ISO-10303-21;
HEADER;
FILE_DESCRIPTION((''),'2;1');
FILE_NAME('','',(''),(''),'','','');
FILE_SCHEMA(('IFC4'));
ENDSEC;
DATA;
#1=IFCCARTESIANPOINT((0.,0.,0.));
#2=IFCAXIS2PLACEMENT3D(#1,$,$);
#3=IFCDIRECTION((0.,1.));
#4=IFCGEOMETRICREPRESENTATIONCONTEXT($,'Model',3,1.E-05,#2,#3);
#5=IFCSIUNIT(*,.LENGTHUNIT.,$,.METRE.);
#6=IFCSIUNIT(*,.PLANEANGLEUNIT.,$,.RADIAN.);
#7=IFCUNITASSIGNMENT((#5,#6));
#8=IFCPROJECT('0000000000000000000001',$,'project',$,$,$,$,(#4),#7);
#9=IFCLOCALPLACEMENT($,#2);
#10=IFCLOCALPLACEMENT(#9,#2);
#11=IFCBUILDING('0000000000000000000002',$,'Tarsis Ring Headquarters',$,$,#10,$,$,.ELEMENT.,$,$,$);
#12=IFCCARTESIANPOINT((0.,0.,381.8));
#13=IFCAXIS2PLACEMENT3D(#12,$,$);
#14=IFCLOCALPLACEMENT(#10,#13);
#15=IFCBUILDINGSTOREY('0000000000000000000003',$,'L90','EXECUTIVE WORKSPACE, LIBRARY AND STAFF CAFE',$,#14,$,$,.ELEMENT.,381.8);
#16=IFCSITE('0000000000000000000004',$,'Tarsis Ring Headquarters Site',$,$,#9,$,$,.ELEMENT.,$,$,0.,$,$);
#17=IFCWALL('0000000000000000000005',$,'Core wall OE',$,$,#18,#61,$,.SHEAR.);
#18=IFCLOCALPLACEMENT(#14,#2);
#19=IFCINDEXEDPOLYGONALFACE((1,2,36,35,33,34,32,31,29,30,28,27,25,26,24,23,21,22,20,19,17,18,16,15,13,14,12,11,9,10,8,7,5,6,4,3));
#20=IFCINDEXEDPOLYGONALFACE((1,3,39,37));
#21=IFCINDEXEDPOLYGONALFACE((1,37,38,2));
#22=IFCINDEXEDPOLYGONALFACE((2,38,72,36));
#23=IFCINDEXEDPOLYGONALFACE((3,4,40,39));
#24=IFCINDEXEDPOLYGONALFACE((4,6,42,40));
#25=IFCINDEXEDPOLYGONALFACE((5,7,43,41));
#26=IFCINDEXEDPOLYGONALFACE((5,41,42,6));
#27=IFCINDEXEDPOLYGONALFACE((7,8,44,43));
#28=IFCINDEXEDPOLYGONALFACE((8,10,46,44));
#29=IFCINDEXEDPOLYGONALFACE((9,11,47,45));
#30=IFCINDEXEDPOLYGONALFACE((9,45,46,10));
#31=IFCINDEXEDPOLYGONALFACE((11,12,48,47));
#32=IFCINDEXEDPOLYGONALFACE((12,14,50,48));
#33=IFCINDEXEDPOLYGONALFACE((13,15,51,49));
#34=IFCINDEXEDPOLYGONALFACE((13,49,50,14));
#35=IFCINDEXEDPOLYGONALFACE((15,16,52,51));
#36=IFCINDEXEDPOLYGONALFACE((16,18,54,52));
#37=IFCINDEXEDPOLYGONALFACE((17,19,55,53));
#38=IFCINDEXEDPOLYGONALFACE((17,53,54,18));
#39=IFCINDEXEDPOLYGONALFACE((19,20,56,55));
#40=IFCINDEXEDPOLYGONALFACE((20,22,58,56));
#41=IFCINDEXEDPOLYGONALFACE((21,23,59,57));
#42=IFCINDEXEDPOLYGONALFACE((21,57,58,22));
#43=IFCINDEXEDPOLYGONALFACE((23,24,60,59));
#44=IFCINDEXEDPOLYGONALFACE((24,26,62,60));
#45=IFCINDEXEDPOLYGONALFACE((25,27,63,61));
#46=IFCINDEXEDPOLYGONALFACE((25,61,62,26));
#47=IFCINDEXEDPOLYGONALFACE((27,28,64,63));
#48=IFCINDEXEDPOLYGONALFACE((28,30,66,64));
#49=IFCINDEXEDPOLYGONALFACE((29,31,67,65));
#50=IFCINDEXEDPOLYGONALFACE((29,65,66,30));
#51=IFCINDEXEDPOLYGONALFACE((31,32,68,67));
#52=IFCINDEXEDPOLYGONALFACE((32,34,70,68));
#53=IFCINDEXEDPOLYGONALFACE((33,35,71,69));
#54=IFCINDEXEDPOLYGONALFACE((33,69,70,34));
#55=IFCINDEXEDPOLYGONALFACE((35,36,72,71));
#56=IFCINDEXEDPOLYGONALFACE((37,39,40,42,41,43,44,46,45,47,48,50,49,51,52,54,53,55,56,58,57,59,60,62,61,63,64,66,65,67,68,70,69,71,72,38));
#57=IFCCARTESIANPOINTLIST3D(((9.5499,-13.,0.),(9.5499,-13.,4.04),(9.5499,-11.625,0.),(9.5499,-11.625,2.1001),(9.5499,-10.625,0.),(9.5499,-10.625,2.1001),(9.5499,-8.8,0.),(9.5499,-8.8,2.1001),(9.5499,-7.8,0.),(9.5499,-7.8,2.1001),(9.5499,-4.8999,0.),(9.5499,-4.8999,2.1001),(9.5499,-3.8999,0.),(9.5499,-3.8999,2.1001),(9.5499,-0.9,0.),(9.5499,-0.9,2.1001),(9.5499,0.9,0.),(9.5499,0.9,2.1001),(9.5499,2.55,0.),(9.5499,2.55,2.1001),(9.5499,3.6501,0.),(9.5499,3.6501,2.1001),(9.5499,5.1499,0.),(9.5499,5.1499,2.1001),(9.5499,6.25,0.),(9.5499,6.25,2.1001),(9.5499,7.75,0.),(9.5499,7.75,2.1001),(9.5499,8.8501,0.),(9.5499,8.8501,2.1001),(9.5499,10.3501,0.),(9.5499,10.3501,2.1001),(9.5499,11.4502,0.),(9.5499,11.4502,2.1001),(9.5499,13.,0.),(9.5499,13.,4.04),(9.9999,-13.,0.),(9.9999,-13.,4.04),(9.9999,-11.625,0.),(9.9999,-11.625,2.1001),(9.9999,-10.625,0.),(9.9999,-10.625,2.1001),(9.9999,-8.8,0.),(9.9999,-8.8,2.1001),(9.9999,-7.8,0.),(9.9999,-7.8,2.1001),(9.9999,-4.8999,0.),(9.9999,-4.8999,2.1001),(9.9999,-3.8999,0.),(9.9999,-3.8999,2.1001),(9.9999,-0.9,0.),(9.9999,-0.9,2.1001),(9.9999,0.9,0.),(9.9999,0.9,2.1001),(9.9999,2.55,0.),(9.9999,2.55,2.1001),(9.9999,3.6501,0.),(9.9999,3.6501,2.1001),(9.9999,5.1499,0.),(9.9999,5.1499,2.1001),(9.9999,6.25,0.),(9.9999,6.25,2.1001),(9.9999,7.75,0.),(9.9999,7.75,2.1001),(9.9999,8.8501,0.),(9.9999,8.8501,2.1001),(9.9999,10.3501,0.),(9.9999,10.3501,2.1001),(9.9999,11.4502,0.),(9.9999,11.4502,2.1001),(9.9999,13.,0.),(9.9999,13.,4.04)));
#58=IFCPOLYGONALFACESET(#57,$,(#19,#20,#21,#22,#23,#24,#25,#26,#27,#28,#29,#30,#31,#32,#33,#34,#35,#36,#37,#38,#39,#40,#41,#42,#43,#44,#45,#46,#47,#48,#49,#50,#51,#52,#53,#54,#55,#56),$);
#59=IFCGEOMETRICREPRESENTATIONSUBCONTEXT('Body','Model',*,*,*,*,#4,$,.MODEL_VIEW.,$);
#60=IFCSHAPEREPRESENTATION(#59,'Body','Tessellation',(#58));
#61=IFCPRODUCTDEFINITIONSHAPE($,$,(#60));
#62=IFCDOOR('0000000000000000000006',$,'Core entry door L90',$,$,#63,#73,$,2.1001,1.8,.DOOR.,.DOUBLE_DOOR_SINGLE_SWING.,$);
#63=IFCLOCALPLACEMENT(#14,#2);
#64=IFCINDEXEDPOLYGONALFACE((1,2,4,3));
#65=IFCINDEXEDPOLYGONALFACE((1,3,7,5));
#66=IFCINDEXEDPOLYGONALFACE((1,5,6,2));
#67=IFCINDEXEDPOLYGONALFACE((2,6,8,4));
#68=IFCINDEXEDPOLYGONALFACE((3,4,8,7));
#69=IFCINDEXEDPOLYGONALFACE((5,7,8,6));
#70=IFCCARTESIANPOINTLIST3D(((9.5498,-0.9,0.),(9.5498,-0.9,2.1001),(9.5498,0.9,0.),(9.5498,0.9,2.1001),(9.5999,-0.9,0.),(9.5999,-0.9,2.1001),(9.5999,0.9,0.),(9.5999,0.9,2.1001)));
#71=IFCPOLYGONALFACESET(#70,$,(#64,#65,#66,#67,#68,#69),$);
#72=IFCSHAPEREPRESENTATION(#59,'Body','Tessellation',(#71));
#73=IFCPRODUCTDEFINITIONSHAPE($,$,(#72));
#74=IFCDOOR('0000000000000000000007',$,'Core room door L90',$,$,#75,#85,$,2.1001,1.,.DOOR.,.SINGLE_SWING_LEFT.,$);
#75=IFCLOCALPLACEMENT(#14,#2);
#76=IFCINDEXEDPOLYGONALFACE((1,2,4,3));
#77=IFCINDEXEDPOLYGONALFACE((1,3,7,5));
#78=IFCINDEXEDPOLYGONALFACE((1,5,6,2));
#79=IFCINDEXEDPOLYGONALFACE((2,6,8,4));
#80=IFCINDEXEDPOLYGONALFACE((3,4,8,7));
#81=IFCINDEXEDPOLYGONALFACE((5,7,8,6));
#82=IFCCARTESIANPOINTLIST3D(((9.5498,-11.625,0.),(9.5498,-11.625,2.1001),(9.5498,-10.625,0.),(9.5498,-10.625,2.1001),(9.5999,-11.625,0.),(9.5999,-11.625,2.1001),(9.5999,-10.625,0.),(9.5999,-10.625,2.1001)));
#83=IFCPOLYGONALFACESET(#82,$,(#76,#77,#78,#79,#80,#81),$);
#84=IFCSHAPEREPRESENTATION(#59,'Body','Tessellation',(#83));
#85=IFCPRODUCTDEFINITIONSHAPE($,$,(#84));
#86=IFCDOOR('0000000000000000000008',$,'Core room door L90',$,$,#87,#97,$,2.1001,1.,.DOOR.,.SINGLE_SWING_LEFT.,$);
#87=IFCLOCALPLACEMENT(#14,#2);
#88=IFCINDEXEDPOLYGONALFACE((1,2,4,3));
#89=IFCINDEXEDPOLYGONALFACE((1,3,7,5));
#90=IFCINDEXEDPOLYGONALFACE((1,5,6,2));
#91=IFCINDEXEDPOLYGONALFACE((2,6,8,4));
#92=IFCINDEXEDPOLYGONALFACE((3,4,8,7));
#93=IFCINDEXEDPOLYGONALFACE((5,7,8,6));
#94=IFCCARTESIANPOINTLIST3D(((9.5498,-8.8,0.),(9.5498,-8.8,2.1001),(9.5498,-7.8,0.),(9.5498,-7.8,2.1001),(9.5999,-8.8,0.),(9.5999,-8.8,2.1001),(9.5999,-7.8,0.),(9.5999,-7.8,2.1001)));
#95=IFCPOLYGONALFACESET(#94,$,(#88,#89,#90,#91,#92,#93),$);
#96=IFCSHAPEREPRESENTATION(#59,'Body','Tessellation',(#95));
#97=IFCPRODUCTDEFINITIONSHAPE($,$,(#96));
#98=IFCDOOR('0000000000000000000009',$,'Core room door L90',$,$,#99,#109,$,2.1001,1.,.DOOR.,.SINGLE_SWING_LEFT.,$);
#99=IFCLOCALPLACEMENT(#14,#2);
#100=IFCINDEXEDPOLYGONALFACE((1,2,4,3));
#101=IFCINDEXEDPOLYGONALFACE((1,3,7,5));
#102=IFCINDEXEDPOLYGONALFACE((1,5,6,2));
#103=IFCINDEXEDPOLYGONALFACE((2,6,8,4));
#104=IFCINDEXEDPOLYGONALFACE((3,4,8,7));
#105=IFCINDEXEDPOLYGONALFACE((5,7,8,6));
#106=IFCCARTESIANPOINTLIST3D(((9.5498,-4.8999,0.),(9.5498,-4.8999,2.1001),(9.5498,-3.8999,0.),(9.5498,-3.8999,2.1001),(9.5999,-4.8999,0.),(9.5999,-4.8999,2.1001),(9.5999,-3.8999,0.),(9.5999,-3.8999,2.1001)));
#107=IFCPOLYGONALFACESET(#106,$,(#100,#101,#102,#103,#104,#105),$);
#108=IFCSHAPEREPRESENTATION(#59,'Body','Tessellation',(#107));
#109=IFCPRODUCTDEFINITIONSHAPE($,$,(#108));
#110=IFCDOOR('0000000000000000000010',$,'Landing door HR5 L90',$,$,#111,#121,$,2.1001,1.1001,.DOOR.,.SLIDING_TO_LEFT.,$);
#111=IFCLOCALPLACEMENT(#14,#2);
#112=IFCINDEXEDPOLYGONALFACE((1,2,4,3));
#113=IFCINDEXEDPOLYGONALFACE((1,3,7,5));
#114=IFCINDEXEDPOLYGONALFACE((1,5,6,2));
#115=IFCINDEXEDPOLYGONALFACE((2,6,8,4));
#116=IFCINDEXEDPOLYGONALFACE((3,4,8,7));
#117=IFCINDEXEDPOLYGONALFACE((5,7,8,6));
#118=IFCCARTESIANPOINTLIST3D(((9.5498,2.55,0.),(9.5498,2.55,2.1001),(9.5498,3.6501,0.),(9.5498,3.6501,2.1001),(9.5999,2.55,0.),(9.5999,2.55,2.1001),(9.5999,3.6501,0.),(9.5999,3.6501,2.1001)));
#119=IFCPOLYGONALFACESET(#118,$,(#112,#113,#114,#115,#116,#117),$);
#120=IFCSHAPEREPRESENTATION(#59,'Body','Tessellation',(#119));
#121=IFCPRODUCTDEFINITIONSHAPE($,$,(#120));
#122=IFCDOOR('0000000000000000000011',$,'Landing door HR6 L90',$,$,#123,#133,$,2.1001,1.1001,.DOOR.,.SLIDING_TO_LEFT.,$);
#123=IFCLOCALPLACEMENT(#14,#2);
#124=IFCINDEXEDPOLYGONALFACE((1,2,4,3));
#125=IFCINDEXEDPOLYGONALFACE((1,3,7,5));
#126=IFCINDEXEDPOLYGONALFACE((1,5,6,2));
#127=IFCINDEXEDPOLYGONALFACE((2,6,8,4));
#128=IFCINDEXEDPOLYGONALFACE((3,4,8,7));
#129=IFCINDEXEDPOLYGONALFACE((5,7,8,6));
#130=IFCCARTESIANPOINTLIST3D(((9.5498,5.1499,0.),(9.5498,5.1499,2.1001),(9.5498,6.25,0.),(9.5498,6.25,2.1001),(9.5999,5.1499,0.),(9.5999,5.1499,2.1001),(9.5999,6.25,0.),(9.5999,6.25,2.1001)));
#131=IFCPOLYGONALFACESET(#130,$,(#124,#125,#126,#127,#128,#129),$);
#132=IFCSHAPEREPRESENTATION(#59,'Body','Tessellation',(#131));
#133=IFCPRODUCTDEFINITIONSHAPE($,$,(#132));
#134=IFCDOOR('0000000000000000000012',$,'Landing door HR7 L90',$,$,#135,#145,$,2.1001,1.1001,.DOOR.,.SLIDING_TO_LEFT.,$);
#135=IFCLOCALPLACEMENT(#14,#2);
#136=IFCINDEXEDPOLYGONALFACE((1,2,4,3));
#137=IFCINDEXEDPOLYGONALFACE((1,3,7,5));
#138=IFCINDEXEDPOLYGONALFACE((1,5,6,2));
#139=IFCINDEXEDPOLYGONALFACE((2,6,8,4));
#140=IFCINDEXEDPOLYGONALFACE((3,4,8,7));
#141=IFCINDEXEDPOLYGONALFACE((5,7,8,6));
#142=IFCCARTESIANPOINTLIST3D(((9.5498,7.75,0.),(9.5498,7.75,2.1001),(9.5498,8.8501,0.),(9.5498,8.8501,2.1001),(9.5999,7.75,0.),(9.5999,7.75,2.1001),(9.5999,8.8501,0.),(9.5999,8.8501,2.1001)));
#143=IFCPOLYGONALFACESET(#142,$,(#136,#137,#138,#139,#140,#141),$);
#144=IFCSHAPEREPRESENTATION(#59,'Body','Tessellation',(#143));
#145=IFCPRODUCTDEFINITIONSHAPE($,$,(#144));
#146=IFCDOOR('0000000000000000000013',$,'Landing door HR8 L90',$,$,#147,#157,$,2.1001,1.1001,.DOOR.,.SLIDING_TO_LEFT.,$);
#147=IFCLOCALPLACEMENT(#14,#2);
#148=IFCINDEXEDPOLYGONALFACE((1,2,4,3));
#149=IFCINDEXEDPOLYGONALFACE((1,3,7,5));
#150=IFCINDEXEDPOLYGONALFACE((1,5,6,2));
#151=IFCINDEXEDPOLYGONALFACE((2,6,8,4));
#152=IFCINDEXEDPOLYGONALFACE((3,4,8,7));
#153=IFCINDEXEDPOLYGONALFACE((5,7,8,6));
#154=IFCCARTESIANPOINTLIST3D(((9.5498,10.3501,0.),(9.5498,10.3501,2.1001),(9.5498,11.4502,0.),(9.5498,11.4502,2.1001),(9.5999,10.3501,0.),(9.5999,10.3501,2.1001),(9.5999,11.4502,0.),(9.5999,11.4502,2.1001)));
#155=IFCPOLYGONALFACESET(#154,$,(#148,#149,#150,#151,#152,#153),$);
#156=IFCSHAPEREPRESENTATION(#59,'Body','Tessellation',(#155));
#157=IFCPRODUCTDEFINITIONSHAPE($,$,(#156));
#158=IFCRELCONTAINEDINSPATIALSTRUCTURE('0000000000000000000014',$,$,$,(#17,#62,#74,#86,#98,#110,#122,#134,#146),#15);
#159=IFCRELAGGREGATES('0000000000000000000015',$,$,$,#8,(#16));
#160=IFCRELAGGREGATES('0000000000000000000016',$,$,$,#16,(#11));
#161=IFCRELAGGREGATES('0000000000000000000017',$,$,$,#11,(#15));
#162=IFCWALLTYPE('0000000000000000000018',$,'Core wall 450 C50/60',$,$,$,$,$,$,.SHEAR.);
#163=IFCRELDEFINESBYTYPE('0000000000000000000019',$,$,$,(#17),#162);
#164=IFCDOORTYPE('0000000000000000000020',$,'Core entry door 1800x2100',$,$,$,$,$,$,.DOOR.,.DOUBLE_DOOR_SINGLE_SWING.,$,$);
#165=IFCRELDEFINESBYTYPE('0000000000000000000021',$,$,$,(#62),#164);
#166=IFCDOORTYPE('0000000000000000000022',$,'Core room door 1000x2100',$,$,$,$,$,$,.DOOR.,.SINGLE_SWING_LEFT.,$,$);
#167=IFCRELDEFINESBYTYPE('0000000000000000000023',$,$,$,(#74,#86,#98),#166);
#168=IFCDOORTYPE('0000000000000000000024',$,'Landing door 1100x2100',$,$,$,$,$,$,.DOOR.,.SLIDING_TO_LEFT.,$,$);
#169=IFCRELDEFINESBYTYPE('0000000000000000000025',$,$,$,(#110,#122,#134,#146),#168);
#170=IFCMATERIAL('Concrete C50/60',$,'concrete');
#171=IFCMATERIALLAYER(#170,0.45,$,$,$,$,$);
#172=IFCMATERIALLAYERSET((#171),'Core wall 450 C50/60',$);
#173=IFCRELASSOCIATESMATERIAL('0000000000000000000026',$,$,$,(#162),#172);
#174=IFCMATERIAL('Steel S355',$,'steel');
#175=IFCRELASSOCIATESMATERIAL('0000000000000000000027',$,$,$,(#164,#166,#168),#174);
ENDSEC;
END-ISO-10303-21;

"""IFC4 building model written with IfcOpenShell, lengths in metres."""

from ifc_helpers import new_model, si_unit, direction, frame, frame_2d, origin, place, context, subcontext, project, spatial, rectangle, extrude, material, layer, layer_set, type_object, element, fill, save


model = new_model("IFC4")

# Units and contexts
model_context = context("Model", 3, precision=1e-05, world=origin(), true_north=direction((0.0, 1.0)))
body_context = subcontext(model_context, "Body", "Model", "MODEL_VIEW")
ifc_project = project(units=[si_unit("LENGTHUNIT", "METRE"), si_unit("PLANEANGLEUNIT", "RADIAN")], contexts=[model_context])

# Site, building, storey
site_placement = place(None, origin())
site = spatial("IfcSite", under=ifc_project, at=site_placement, Name="Tarsis Ring Headquarters Site", CompositionType="ELEMENT", RefElevation=0.0)
building_placement = place(site_placement, origin())
building = spatial("IfcBuilding", under=site, at=building_placement, Name="Tarsis Ring Headquarters", CompositionType="ELEMENT")
storey_placement = place(building_placement, frame((0.0, 0.0, 381.8)))
storey = spatial("IfcBuildingStorey", under=building, at=storey_placement, Name="L90", Description="EXECUTIVE WORKSPACE, LIBRARY AND STAFF CAFE", CompositionType="ELEMENT", Elevation=381.8)

# Wall, openings, doors
ifc_material_1 = material(Name="Concrete C50/60", Category="concrete")
ifc_layer_1 = layer(ifc_material_1, 0.45)
ifc_layer_set_1 = layer_set([ifc_layer_1], Name="Core wall 450 C50/60")
wall_type_1 = type_object("IfcWallType", Name="Core wall 450 C50/60", PredefinedType="SHEAR", material=ifc_layer_set_1)
wall_1_placement = place(storey_placement, frame((9.7749, -13.0, 0.0), z_axis=(0.0, 0.0, 1.0), x_axis=(0.0, 1.0, 0.0)))
wall_1 = element("IfcWall", 1, at=wall_1_placement, inside=storey, type_object=wall_type_1, Name="Core wall OE", PredefinedType="SHEAR", context=body_context, shape_type="SweptSolid", body=[
    extrude(rectangle(XDim=26.0, YDim=0.45, at=frame_2d((13.0, 0.0))), origin(), (0.0, 0.0, 1.0), 4.04),
])
opening_1_placement = place(wall_1_placement, frame((1.375, 0.0, 0.0)))
opening_1 = element("IfcOpeningElement", 2, at=opening_1_placement, cuts=wall_1, PredefinedType="OPENING", context=body_context, shape_type="SweptSolid", body=[
    extrude(rectangle(XDim=1.0, YDim=2.1001, at=frame_2d((0.5, 1.05))), frame((0.0, 0.2349, 0.0), z_axis=(0.0, -1.0, 0.0), x_axis=(1.0, 0.0, 0.0)), (0.0, 0.0, 1.0), 0.47),
])
opening_2_placement = place(wall_1_placement, frame((4.2, 0.0, 0.0)))
opening_2 = element("IfcOpeningElement", 3, at=opening_2_placement, cuts=wall_1, PredefinedType="OPENING", context=body_context, shape_type="SweptSolid", body=[
    extrude(rectangle(XDim=1.0, YDim=2.1001, at=frame_2d((0.5, 1.05))), frame((0.0, 0.2349, 0.0), z_axis=(0.0, -1.0, 0.0), x_axis=(1.0, 0.0, 0.0)), (0.0, 0.0, 1.0), 0.47),
])
opening_3_placement = place(wall_1_placement, frame((8.1001, 0.0, 0.0)))
opening_3 = element("IfcOpeningElement", 4, at=opening_3_placement, cuts=wall_1, PredefinedType="OPENING", context=body_context, shape_type="SweptSolid", body=[
    extrude(rectangle(XDim=1.0, YDim=2.1001, at=frame_2d((0.5, 1.05))), frame((0.0, 0.2349, 0.0), z_axis=(0.0, -1.0, 0.0), x_axis=(1.0, 0.0, 0.0)), (0.0, 0.0, 1.0), 0.47),
])
opening_4_placement = place(wall_1_placement, frame((12.1001, 0.0, 0.0)))
opening_4 = element("IfcOpeningElement", 5, at=opening_4_placement, cuts=wall_1, PredefinedType="OPENING", context=body_context, shape_type="SweptSolid", body=[
    extrude(rectangle(XDim=1.8, YDim=2.1001, at=frame_2d((0.8999, 1.05))), frame((0.0, 0.2349, 0.0), z_axis=(0.0, -1.0, 0.0), x_axis=(1.0, 0.0, 0.0)), (0.0, 0.0, 1.0), 0.47),
])
opening_5_placement = place(wall_1_placement, frame((15.55, 0.0, 0.0)))
opening_5 = element("IfcOpeningElement", 6, at=opening_5_placement, cuts=wall_1, PredefinedType="OPENING", context=body_context, shape_type="SweptSolid", body=[
    extrude(rectangle(XDim=1.1001, YDim=2.1001, at=frame_2d((0.55, 1.05))), frame((0.0, 0.2349, 0.0), z_axis=(0.0, -1.0, 0.0), x_axis=(1.0, 0.0, 0.0)), (0.0, 0.0, 1.0), 0.47),
])
opening_6_placement = place(wall_1_placement, frame((18.1499, 0.0, 0.0)))
opening_6 = element("IfcOpeningElement", 7, at=opening_6_placement, cuts=wall_1, PredefinedType="OPENING", context=body_context, shape_type="SweptSolid", body=[
    extrude(rectangle(XDim=1.1001, YDim=2.1001, at=frame_2d((0.55, 1.05))), frame((0.0, 0.2349, 0.0), z_axis=(0.0, -1.0, 0.0), x_axis=(1.0, 0.0, 0.0)), (0.0, 0.0, 1.0), 0.47),
])
opening_7_placement = place(wall_1_placement, frame((20.75, 0.0, 0.0)))
opening_7 = element("IfcOpeningElement", 8, at=opening_7_placement, cuts=wall_1, PredefinedType="OPENING", context=body_context, shape_type="SweptSolid", body=[
    extrude(rectangle(XDim=1.1001, YDim=2.1001, at=frame_2d((0.55, 1.05))), frame((0.0, 0.2349, 0.0), z_axis=(0.0, -1.0, 0.0), x_axis=(1.0, 0.0, 0.0)), (0.0, 0.0, 1.0), 0.47),
])
opening_8_placement = place(wall_1_placement, frame((23.3501, 0.0, 0.0)))
opening_8 = element("IfcOpeningElement", 9, at=opening_8_placement, cuts=wall_1, PredefinedType="OPENING", context=body_context, shape_type="SweptSolid", body=[
    extrude(rectangle(XDim=1.1001, YDim=2.1001, at=frame_2d((0.55, 1.05))), frame((0.0, 0.2349, 0.0), z_axis=(0.0, -1.0, 0.0), x_axis=(1.0, 0.0, 0.0)), (0.0, 0.0, 1.0), 0.47),
])
ifc_material_2 = material(Name="Steel S355", Category="steel")
door_type_1 = type_object("IfcDoorType", Name="Core entry door 1800x2100", OperationType="DOUBLE_DOOR_SINGLE_SWING", PredefinedType="DOOR", material=ifc_material_2)
door_1_placement = place(opening_4_placement, origin())
door_1 = element("IfcDoor", 10, at=door_1_placement, inside=storey, type_object=door_type_1, Name="Core entry door L90", OperationType="DOUBLE_DOOR_SINGLE_SWING", OverallHeight=2.1001, OverallWidth=1.8, PredefinedType="DOOR", context=body_context, shape_type="SweptSolid", body=[
    extrude(rectangle(XDim=1.8, YDim=2.1001, at=frame_2d((0.8999, 1.05))), frame((0.0, 0.2251, 0.0), z_axis=(0.0, -1.0, 0.0), x_axis=(1.0, 0.0, 0.0)), (0.0, 0.0, 1.0), 0.05),
])
fill(opening_4, door_1)
door_type_2 = type_object("IfcDoorType", Name="Core room door 1000x2100", OperationType="SINGLE_SWING_LEFT", PredefinedType="DOOR", material=ifc_material_2)
door_2_placement = place(opening_1_placement, origin())
door_2 = element("IfcDoor", 11, at=door_2_placement, inside=storey, type_object=door_type_2, Name="Core room door L90", OperationType="SINGLE_SWING_LEFT", OverallHeight=2.1001, OverallWidth=1.0, PredefinedType="DOOR", context=body_context, shape_type="SweptSolid", body=[
    extrude(rectangle(XDim=1.0, YDim=2.1001, at=frame_2d((0.5, 1.05))), frame((0.0, 0.2251, 0.0), z_axis=(0.0, -1.0, 0.0), x_axis=(1.0, 0.0, 0.0)), (0.0, 0.0, 1.0), 0.05),
])
fill(opening_1, door_2)
door_3_placement = place(opening_2_placement, origin())
door_3 = element("IfcDoor", 12, at=door_3_placement, inside=storey, type_object=door_type_2, Name="Core room door L90", OperationType="SINGLE_SWING_LEFT", OverallHeight=2.1001, OverallWidth=1.0, PredefinedType="DOOR", context=body_context, shape_type="SweptSolid", body=[
    extrude(rectangle(XDim=1.0, YDim=2.1001, at=frame_2d((0.5, 1.05))), frame((0.0, 0.2251, 0.0), z_axis=(0.0, -1.0, 0.0), x_axis=(1.0, 0.0, 0.0)), (0.0, 0.0, 1.0), 0.05),
])
fill(opening_2, door_3)
door_4_placement = place(opening_3_placement, origin())
door_4 = element("IfcDoor", 13, at=door_4_placement, inside=storey, type_object=door_type_2, Name="Core room door L90", OperationType="SINGLE_SWING_LEFT", OverallHeight=2.1001, OverallWidth=1.0, PredefinedType="DOOR", context=body_context, shape_type="SweptSolid", body=[
    extrude(rectangle(XDim=1.0, YDim=2.1001, at=frame_2d((0.5, 1.05))), frame((0.0, 0.2251, 0.0), z_axis=(0.0, -1.0, 0.0), x_axis=(1.0, 0.0, 0.0)), (0.0, 0.0, 1.0), 0.05),
])
fill(opening_3, door_4)
door_type_3 = type_object("IfcDoorType", Name="Landing door 1100x2100", OperationType="SLIDING_TO_LEFT", PredefinedType="DOOR", material=ifc_material_2)
door_5_placement = place(opening_5_placement, origin())
door_5 = element("IfcDoor", 14, at=door_5_placement, inside=storey, type_object=door_type_3, Name="Landing door HR5 L90", OperationType="SLIDING_TO_LEFT", OverallHeight=2.1001, OverallWidth=1.1001, PredefinedType="DOOR", context=body_context, shape_type="SweptSolid", body=[
    extrude(rectangle(XDim=1.1001, YDim=2.1001, at=frame_2d((0.55, 1.05))), frame((0.0, 0.2251, 0.0), z_axis=(0.0, -1.0, 0.0), x_axis=(1.0, 0.0, 0.0)), (0.0, 0.0, 1.0), 0.05),
])
fill(opening_5, door_5)
door_6_placement = place(opening_6_placement, origin())
door_6 = element("IfcDoor", 15, at=door_6_placement, inside=storey, type_object=door_type_3, Name="Landing door HR6 L90", OperationType="SLIDING_TO_LEFT", OverallHeight=2.1001, OverallWidth=1.1001, PredefinedType="DOOR", context=body_context, shape_type="SweptSolid", body=[
    extrude(rectangle(XDim=1.1001, YDim=2.1001, at=frame_2d((0.55, 1.05))), frame((0.0, 0.2251, 0.0), z_axis=(0.0, -1.0, 0.0), x_axis=(1.0, 0.0, 0.0)), (0.0, 0.0, 1.0), 0.05),
])
fill(opening_6, door_6)
door_7_placement = place(opening_7_placement, origin())
door_7 = element("IfcDoor", 16, at=door_7_placement, inside=storey, type_object=door_type_3, Name="Landing door HR7 L90", OperationType="SLIDING_TO_LEFT", OverallHeight=2.1001, OverallWidth=1.1001, PredefinedType="DOOR", context=body_context, shape_type="SweptSolid", body=[
    extrude(rectangle(XDim=1.1001, YDim=2.1001, at=frame_2d((0.55, 1.05))), frame((0.0, 0.2251, 0.0), z_axis=(0.0, -1.0, 0.0), x_axis=(1.0, 0.0, 0.0)), (0.0, 0.0, 1.0), 0.05),
])
fill(opening_7, door_7)
door_8_placement = place(opening_8_placement, origin())
door_8 = element("IfcDoor", 17, at=door_8_placement, inside=storey, type_object=door_type_3, Name="Landing door HR8 L90", OperationType="SLIDING_TO_LEFT", OverallHeight=2.1001, OverallWidth=1.1001, PredefinedType="DOOR", context=body_context, shape_type="SweptSolid", body=[
    extrude(rectangle(XDim=1.1001, YDim=2.1001, at=frame_2d((0.55, 1.05))), frame((0.0, 0.2251, 0.0), z_axis=(0.0, -1.0, 0.0), x_axis=(1.0, 0.0, 0.0)), (0.0, 0.0, 1.0), 0.05),
])
fill(opening_8, door_8)

save(model, "model.ifc")
